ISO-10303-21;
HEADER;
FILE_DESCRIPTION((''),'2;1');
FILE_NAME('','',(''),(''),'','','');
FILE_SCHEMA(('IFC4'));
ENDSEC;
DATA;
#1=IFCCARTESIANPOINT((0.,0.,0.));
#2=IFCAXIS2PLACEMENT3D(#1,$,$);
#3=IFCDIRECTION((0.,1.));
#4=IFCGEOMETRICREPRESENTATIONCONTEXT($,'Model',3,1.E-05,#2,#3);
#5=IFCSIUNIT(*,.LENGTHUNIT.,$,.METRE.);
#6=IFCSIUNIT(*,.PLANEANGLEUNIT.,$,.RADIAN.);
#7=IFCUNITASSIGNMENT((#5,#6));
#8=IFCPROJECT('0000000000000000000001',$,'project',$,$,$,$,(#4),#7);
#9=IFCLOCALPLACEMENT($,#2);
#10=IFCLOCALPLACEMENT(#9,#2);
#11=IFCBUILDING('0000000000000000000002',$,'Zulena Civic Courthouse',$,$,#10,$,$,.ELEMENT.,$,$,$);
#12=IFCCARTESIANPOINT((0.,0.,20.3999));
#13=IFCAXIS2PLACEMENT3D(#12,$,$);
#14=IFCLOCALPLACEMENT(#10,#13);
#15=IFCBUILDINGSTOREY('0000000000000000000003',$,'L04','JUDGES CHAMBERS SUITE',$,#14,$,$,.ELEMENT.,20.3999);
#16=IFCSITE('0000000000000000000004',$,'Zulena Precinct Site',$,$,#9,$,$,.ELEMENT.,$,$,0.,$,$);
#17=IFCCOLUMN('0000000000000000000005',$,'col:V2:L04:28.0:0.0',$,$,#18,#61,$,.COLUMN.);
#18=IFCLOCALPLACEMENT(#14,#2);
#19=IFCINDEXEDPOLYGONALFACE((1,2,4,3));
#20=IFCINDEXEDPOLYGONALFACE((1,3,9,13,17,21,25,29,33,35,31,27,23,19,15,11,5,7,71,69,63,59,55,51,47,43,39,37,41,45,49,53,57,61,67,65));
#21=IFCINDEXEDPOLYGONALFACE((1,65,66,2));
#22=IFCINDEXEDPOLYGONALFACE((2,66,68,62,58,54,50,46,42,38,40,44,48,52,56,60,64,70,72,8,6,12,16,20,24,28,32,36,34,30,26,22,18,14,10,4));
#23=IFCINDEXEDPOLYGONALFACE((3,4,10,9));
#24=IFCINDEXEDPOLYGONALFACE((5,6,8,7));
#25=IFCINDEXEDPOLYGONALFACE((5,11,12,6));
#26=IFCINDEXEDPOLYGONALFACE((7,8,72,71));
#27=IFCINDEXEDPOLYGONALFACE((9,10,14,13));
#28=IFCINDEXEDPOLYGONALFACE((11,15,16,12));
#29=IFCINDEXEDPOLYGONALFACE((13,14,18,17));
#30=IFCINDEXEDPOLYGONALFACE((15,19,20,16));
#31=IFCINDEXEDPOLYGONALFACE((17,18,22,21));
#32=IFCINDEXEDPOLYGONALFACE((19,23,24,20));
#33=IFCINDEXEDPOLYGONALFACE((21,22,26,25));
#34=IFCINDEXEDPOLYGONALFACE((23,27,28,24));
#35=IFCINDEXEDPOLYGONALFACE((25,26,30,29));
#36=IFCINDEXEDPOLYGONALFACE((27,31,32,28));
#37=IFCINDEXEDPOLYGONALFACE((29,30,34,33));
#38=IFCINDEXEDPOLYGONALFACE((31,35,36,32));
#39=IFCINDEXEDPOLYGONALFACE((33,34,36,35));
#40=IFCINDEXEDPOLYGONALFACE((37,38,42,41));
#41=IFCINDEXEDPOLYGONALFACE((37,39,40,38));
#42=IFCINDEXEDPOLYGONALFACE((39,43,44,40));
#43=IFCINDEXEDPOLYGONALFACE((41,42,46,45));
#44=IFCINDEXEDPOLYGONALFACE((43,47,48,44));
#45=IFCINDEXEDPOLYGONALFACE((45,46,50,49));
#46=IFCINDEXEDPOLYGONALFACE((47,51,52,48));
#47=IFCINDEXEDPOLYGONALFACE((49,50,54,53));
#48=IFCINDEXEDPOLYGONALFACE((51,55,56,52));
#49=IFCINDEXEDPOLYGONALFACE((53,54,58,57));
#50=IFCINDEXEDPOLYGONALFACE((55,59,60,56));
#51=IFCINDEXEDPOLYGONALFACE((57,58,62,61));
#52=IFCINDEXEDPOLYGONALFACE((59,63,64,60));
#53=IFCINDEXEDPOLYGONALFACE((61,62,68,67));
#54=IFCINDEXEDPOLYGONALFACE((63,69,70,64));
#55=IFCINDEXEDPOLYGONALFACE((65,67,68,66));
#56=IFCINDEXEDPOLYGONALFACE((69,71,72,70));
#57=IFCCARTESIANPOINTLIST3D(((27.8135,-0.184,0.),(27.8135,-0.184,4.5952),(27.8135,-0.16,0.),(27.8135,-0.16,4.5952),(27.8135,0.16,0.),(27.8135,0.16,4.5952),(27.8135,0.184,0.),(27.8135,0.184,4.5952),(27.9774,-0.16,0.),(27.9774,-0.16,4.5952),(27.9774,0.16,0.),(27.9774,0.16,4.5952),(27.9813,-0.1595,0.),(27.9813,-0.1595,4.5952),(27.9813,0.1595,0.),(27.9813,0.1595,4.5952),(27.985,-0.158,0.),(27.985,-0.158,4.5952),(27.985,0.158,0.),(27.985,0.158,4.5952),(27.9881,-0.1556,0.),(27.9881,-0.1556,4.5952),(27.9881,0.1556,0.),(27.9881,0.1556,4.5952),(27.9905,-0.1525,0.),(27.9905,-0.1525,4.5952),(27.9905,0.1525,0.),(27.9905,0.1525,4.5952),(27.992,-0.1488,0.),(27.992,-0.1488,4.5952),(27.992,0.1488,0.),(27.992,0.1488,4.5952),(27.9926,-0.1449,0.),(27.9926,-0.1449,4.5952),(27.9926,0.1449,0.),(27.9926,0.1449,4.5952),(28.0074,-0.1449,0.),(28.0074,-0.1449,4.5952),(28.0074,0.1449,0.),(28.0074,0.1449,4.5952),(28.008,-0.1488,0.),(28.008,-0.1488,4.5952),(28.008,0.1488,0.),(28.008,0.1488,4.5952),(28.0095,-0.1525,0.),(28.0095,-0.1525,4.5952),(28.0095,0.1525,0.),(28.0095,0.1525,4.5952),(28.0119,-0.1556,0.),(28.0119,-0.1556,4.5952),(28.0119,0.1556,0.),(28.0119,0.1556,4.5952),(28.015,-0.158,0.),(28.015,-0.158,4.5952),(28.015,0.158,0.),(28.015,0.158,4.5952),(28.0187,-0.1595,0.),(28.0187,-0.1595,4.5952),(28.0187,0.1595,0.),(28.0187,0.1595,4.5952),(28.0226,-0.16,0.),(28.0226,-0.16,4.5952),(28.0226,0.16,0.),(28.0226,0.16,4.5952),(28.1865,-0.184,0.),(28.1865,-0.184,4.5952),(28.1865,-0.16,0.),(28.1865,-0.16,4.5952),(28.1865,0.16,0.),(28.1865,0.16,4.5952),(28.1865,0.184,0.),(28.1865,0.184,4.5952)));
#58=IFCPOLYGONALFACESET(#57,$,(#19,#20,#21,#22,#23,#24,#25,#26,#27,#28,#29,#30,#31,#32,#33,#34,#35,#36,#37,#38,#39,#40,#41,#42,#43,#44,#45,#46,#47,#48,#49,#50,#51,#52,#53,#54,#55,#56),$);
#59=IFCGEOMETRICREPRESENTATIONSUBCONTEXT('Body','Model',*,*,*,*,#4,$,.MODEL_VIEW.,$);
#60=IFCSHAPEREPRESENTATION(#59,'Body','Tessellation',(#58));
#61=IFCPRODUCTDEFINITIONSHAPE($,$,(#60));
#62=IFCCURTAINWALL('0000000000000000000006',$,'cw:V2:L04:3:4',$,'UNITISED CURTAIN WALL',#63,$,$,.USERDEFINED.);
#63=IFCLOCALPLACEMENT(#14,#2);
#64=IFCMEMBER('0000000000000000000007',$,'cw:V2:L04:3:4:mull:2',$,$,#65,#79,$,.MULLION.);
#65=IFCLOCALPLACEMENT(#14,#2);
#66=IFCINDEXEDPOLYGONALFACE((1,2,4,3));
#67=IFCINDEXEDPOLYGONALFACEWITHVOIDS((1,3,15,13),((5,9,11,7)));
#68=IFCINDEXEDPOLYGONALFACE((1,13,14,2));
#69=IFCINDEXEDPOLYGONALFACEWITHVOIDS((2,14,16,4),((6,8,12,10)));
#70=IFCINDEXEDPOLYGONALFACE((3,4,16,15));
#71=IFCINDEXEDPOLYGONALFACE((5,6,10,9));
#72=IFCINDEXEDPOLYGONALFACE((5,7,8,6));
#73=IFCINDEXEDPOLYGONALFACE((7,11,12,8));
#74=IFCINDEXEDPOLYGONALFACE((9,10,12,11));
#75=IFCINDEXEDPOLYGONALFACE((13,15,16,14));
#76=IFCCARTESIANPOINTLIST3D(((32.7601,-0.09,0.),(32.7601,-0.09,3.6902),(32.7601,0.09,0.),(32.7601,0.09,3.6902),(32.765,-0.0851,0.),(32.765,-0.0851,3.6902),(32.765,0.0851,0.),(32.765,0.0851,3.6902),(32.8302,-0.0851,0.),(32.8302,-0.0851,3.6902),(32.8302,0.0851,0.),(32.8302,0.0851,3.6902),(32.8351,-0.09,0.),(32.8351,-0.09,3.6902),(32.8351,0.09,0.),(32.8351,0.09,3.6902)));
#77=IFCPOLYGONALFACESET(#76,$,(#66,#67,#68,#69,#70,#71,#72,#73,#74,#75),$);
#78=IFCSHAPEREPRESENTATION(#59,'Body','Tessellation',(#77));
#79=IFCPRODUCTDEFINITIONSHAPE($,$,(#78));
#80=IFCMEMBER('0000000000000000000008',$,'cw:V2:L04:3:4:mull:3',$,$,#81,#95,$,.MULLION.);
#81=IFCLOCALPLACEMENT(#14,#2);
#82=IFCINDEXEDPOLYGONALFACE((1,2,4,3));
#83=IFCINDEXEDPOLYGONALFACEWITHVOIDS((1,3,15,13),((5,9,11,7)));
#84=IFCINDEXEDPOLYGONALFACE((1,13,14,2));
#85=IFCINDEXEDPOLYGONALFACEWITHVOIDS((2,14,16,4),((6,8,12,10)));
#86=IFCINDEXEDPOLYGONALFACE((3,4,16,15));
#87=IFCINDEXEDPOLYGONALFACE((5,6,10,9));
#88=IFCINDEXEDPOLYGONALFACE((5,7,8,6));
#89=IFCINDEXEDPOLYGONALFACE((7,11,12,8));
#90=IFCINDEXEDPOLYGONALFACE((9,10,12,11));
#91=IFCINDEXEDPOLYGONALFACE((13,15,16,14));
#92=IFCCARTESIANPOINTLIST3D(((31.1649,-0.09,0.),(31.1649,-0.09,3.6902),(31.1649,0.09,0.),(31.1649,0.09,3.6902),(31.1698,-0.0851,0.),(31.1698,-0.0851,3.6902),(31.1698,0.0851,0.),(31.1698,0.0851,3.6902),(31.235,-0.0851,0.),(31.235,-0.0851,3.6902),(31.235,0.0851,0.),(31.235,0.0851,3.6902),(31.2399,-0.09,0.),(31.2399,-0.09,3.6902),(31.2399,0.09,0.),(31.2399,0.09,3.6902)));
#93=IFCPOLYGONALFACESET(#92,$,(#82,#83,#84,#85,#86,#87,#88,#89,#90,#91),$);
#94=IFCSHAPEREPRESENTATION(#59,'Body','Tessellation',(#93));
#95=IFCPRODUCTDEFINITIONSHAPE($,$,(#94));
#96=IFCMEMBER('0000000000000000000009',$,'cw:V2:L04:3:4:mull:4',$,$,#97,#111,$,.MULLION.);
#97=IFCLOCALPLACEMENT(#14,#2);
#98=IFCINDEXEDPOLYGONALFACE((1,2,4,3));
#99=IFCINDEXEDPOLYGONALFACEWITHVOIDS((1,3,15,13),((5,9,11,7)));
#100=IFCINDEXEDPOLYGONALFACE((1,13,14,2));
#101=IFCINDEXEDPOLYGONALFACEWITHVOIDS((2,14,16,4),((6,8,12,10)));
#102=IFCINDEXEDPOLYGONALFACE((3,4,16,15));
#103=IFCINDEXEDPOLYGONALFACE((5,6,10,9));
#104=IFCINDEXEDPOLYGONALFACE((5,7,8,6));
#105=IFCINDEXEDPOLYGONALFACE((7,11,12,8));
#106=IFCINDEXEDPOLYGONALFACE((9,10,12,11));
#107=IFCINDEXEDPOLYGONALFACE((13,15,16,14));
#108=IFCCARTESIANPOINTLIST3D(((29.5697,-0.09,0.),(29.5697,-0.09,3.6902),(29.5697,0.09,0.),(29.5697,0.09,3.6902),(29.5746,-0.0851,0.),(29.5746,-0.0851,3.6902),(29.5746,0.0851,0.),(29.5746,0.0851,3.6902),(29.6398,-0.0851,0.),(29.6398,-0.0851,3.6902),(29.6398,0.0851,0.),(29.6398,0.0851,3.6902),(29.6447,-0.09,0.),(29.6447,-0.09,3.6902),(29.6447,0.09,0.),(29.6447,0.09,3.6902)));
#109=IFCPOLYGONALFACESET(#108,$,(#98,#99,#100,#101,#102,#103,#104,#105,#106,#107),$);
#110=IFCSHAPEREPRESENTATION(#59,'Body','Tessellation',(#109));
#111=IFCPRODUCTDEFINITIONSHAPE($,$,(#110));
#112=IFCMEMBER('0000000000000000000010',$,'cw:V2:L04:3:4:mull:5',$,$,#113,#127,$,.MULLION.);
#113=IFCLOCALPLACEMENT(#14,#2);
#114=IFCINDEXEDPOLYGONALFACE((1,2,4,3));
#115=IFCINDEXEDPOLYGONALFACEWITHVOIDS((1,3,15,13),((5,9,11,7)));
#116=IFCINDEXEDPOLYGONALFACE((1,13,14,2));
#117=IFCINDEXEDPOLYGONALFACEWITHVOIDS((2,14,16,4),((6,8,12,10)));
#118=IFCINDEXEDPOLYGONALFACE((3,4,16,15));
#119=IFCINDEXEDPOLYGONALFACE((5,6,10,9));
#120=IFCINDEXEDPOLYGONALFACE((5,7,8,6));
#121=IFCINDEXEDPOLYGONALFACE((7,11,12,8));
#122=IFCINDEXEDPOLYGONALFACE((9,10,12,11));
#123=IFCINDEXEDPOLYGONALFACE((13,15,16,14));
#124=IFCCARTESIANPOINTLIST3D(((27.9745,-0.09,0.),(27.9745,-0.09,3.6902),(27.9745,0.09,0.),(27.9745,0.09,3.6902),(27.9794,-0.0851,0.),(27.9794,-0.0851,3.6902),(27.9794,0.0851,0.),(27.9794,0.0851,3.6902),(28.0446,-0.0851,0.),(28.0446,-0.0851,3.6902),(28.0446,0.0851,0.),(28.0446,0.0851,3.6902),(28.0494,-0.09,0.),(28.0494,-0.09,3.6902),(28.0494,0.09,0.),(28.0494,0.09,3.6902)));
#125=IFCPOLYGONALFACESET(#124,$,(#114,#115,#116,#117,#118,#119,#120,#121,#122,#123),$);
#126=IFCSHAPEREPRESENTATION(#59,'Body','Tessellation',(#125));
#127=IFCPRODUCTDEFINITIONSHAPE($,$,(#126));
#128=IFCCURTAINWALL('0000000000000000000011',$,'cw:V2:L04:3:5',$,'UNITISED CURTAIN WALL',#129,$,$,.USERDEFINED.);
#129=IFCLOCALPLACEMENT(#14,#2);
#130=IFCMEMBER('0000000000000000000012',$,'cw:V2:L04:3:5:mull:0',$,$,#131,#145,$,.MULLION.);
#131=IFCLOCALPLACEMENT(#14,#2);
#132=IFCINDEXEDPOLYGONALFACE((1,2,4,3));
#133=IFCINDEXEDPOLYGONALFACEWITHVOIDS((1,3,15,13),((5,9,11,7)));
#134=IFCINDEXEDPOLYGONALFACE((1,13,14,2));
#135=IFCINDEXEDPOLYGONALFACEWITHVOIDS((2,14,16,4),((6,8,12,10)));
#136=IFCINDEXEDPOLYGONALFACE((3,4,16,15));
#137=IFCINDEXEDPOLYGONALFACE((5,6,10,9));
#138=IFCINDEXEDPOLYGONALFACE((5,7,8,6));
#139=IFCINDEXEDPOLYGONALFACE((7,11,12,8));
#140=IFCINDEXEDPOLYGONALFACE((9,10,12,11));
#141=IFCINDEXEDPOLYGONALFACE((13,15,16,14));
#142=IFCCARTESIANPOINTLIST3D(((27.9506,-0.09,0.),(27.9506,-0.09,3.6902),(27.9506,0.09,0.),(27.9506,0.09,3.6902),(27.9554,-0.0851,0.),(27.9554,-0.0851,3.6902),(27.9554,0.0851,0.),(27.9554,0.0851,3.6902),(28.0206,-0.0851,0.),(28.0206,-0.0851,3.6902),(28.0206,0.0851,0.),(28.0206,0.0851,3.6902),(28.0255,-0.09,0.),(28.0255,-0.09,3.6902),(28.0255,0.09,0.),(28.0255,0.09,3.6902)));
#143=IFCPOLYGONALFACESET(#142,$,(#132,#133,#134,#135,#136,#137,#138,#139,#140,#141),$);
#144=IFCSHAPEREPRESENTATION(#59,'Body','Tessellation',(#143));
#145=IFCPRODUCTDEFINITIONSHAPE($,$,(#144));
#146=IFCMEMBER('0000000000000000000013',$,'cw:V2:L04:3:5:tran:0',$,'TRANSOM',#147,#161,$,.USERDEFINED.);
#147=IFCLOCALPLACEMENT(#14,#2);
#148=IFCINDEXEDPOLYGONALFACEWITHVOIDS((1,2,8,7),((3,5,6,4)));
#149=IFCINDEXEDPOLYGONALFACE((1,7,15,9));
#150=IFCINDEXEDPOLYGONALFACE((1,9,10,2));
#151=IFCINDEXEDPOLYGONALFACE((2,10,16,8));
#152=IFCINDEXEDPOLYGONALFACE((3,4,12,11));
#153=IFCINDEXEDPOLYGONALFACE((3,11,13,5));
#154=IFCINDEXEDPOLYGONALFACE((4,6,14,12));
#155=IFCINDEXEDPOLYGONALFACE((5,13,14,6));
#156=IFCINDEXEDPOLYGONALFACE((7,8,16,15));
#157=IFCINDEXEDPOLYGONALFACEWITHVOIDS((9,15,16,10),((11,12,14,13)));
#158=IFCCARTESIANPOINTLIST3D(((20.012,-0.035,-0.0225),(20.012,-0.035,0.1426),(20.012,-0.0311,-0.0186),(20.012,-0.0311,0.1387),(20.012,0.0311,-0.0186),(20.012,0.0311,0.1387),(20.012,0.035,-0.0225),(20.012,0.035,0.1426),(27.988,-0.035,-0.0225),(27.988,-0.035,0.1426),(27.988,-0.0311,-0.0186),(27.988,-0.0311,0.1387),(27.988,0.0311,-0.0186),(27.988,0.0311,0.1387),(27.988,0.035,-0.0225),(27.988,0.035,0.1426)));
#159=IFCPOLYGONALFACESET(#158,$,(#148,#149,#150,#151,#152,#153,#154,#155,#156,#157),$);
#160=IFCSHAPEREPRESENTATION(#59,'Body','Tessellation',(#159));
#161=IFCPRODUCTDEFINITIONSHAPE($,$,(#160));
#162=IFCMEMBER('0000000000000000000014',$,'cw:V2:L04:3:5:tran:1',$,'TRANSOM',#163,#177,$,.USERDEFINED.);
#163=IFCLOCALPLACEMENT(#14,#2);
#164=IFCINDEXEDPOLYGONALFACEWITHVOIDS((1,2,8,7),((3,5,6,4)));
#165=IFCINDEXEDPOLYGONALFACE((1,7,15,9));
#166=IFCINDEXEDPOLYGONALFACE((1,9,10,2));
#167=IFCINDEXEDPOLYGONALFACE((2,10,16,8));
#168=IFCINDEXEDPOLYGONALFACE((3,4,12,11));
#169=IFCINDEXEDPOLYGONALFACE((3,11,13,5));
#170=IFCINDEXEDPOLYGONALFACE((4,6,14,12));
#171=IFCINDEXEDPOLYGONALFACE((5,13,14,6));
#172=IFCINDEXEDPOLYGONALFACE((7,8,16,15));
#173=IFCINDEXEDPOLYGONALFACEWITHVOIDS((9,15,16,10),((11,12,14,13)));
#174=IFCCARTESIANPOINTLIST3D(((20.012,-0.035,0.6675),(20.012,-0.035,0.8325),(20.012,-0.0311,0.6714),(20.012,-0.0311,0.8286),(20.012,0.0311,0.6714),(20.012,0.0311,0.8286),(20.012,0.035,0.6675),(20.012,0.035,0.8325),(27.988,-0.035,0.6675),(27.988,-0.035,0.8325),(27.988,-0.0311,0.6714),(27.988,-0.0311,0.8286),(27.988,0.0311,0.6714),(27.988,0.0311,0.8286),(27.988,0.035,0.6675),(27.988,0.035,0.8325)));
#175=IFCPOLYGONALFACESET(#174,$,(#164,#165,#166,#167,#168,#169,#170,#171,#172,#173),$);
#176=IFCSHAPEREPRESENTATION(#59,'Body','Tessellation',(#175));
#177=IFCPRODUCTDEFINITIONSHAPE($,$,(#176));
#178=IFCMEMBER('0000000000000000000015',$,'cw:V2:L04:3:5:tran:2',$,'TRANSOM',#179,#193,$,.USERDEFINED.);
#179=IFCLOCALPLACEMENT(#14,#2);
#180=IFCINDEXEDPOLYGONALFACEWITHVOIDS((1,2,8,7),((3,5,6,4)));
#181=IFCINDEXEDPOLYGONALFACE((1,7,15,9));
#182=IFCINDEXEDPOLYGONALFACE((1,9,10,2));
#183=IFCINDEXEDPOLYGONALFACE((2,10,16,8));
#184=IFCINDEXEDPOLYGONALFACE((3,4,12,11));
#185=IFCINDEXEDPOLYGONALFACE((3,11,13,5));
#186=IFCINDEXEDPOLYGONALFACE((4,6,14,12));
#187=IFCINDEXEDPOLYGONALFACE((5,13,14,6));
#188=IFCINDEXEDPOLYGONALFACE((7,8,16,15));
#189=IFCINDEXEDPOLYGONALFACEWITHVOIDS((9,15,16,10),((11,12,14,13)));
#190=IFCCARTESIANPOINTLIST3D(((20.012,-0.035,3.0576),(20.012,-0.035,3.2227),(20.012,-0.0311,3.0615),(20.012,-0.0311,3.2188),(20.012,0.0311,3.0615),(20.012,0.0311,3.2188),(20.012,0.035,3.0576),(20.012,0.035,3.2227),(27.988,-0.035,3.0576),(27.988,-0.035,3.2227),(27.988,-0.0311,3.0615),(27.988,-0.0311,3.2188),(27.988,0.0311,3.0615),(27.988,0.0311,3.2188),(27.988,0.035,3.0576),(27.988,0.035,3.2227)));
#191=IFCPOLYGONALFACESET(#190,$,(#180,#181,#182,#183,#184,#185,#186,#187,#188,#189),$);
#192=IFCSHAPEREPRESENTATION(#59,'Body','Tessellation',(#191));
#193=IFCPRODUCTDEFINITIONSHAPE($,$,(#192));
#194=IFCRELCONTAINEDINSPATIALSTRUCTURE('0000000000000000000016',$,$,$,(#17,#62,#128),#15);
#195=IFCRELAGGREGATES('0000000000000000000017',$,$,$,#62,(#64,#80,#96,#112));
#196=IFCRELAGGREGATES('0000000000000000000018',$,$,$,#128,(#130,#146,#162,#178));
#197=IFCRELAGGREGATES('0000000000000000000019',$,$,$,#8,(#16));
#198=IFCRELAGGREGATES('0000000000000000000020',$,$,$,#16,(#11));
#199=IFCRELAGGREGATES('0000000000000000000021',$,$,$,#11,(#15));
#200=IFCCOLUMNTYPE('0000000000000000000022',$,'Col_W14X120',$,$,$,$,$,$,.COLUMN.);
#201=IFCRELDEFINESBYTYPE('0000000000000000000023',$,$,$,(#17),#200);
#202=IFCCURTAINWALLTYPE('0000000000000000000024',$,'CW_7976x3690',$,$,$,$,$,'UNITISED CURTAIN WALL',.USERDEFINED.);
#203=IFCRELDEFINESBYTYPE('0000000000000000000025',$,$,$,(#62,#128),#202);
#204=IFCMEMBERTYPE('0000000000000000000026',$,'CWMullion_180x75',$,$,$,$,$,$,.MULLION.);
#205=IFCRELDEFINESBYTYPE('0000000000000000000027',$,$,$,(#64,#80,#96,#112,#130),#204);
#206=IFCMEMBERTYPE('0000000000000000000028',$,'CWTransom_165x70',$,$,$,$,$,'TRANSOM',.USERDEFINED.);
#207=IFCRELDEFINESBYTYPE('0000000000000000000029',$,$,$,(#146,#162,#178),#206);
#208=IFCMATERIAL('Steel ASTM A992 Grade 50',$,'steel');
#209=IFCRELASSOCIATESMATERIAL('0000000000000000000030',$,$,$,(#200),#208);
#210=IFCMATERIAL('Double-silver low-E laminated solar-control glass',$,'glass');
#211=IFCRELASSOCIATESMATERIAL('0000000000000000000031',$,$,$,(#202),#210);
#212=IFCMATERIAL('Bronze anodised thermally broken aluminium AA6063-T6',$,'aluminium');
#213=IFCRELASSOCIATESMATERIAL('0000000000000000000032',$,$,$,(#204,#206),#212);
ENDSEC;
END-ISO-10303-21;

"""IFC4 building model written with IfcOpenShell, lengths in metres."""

from ifc_helpers import new_model, si_unit, direction, frame, origin, origin_2d, place, context, subcontext, project, spatial, hollow_rectangle, i_section, extrude, material, material_profile, profile_set, type_object, element, aggregate, save


model = new_model("IFC4")

# Units and contexts
model_context = context("Model", 3, precision=1e-05, world=origin(), true_north=direction((0.0, 1.0)))
body_context = subcontext(model_context, "Body", "Model", "MODEL_VIEW")
ifc_project = project(units=[si_unit("LENGTHUNIT", "METRE"), si_unit("PLANEANGLEUNIT", "RADIAN")], contexts=[model_context])

# Site, building, storey
site_placement = place(None, origin())
site = spatial("IfcSite", under=ifc_project, at=site_placement, Name="Zulena Precinct Site", CompositionType="ELEMENT", RefElevation=0.0)
building_placement = place(site_placement, origin())
building = spatial("IfcBuilding", under=site, at=building_placement, Name="Zulena Civic Courthouse", CompositionType="ELEMENT")
storey_placement = place(building_placement, frame((0.0, 0.0, 20.3999)))
storey = spatial("IfcBuildingStorey", under=building, at=storey_placement, Name="L04", Description="JUDGES CHAMBERS SUITE", CompositionType="ELEMENT", Elevation=20.3999)

# Column
ifc_material_1 = material(Name="Steel ASTM A992 Grade 50", Category="steel")
ifc_material_profile_1 = material_profile(ifc_material_1, i_section(OverallWidth=0.373, OverallDepth=0.3679, WebThickness=0.0149, FlangeThickness=0.0239, FilletRadius=0.0151, at=origin_2d()), Name="W14X120")
ifc_profile_set_1 = profile_set([ifc_material_profile_1], Name="Steel ASTM A992 Grade 50")
column_type = type_object("IfcColumnType", Name="Col_W14X120", PredefinedType="COLUMN", material=ifc_profile_set_1)
column_placement = place(storey_placement, frame((28.0, 0.0, 0.0), z_axis=(0.0, 0.0, 1.0), x_axis=(1.0, 0.0, 0.0)))
element("IfcColumn", 1, at=column_placement, inside=storey, type_object=column_type, Name="col:V2:L04:28.0:0.0", PredefinedType="COLUMN", context=body_context, shape_type="SweptSolid", body=[
    extrude(i_section(OverallWidth=0.373, OverallDepth=0.3679, WebThickness=0.0149, FlangeThickness=0.0239, FilletRadius=0.0151, at=origin_2d()), origin(), (0.0, 0.0, 1.0), 4.5952),
])

# Curtain walls, members
ifc_material_2 = material(Name="Double-silver low-E laminated solar-control glass", Category="glass")
curtain_wall_type = type_object("IfcCurtainWallType", Name="CW_7976x3690", ElementType="UNITISED CURTAIN WALL", PredefinedType="USERDEFINED", material=ifc_material_2)
curtain_wall_1_placement = place(storey_placement, origin())
curtain_wall_1 = element("IfcCurtainWall", 2, at=curtain_wall_1_placement, inside=storey, type_object=curtain_wall_type, Name="cw:V2:L04:3:4", ObjectType="UNITISED CURTAIN WALL", PredefinedType="USERDEFINED")
ifc_material_3 = material(Name="Bronze anodised thermally broken aluminium AA6063-T6", Category="aluminium")
ifc_material_profile_2 = material_profile(ifc_material_3, hollow_rectangle(XDim=0.075, YDim=0.1799, WallThickness=0.0049, at=origin_2d()), Name="CWM180X75X5")
ifc_profile_set_2 = profile_set([ifc_material_profile_2], Name="Bronze anodised thermally broken aluminium AA6063-T6")
member_type_1 = type_object("IfcMemberType", Name="CWMullion_180x75", PredefinedType="MULLION", material=ifc_profile_set_2)
member_1_placement = place(storey_placement, frame((32.7976, 0.0, 0.0), z_axis=(0.0, 0.0, 1.0), x_axis=(1.0, 0.0, 0.0)))
member_1 = element("IfcMember", 3, at=member_1_placement, type_object=member_type_1, Name="cw:V2:L04:3:4:mull:2", PredefinedType="MULLION", context=body_context, shape_type="SweptSolid", body=[
    extrude(hollow_rectangle(XDim=0.075, YDim=0.1799, WallThickness=0.0049, at=origin_2d()), origin(), (0.0, 0.0, 1.0), 3.6902),
])
member_2_placement = place(storey_placement, frame((31.2024, 0.0, 0.0), z_axis=(0.0, 0.0, 1.0), x_axis=(1.0, 0.0, 0.0)))
member_2 = element("IfcMember", 4, at=member_2_placement, type_object=member_type_1, Name="cw:V2:L04:3:4:mull:3", PredefinedType="MULLION", context=body_context, shape_type="SweptSolid", body=[
    extrude(hollow_rectangle(XDim=0.075, YDim=0.1799, WallThickness=0.0049, at=origin_2d()), origin(), (0.0, 0.0, 1.0), 3.6902),
])
member_3_placement = place(storey_placement, frame((29.6072, 0.0, 0.0), z_axis=(0.0, 0.0, 1.0), x_axis=(1.0, 0.0, 0.0)))
member_3 = element("IfcMember", 5, at=member_3_placement, type_object=member_type_1, Name="cw:V2:L04:3:4:mull:4", PredefinedType="MULLION", context=body_context, shape_type="SweptSolid", body=[
    extrude(hollow_rectangle(XDim=0.075, YDim=0.1799, WallThickness=0.0049, at=origin_2d()), origin(), (0.0, 0.0, 1.0), 3.6902),
])
member_4_placement = place(storey_placement, frame((28.012, 0.0, 0.0), z_axis=(0.0, 0.0, 1.0), x_axis=(1.0, 0.0, 0.0)))
member_4 = element("IfcMember", 6, at=member_4_placement, type_object=member_type_1, Name="cw:V2:L04:3:4:mull:5", PredefinedType="MULLION", context=body_context, shape_type="SweptSolid", body=[
    extrude(hollow_rectangle(XDim=0.075, YDim=0.1799, WallThickness=0.0049, at=origin_2d()), origin(), (0.0, 0.0, 1.0), 3.6902),
])
curtain_wall_2_placement = place(storey_placement, origin())
curtain_wall_2 = element("IfcCurtainWall", 7, at=curtain_wall_2_placement, inside=storey, type_object=curtain_wall_type, Name="cw:V2:L04:3:5", ObjectType="UNITISED CURTAIN WALL", PredefinedType="USERDEFINED")
member_5_placement = place(storey_placement, frame((27.988, 0.0, 0.0), z_axis=(0.0, 0.0, 1.0), x_axis=(1.0, 0.0, 0.0)))
member_5 = element("IfcMember", 8, at=member_5_placement, type_object=member_type_1, Name="cw:V2:L04:3:5:mull:0", PredefinedType="MULLION", context=body_context, shape_type="SweptSolid", body=[
    extrude(hollow_rectangle(XDim=0.075, YDim=0.1799, WallThickness=0.0049, at=origin_2d()), origin(), (0.0, 0.0, 1.0), 3.6902),
])
ifc_material_profile_3 = material_profile(ifc_material_3, hollow_rectangle(XDim=0.0701, YDim=0.165, WallThickness=0.0039, at=origin_2d()), Name="CWT165X70X4")
ifc_profile_set_3 = profile_set([ifc_material_profile_3], Name="Bronze anodised thermally broken aluminium AA6063-T6")
member_type_2 = type_object("IfcMemberType", Name="CWTransom_165x70", ElementType="TRANSOM", PredefinedType="USERDEFINED", material=ifc_profile_set_3)
member_6_placement = place(storey_placement, frame((27.988, 0.0, 0.0601), z_axis=(-1.0, 0.0, 0.0), x_axis=(0.0, -1.0, 0.0)))
member_6 = element("IfcMember", 9, at=member_6_placement, type_object=member_type_2, Name="cw:V2:L04:3:5:tran:0", ObjectType="TRANSOM", PredefinedType="USERDEFINED", context=body_context, shape_type="SweptSolid", body=[
    extrude(hollow_rectangle(XDim=0.0701, YDim=0.165, WallThickness=0.0039, at=origin_2d()), origin(), (0.0, 0.0, 1.0), 7.9761),
])
member_7_placement = place(storey_placement, frame((27.988, 0.0, 0.75), z_axis=(-1.0, 0.0, 0.0), x_axis=(0.0, -1.0, 0.0)))
member_7 = element("IfcMember", 10, at=member_7_placement, type_object=member_type_2, Name="cw:V2:L04:3:5:tran:1", ObjectType="TRANSOM", PredefinedType="USERDEFINED", context=body_context, shape_type="SweptSolid", body=[
    extrude(hollow_rectangle(XDim=0.0701, YDim=0.165, WallThickness=0.0039, at=origin_2d()), origin(), (0.0, 0.0, 1.0), 7.9761),
])
member_8_placement = place(storey_placement, frame((27.988, 0.0, 3.1401), z_axis=(-1.0, 0.0, 0.0), x_axis=(0.0, -1.0, 0.0)))
member_8 = element("IfcMember", 11, at=member_8_placement, type_object=member_type_2, Name="cw:V2:L04:3:5:tran:2", ObjectType="TRANSOM", PredefinedType="USERDEFINED", context=body_context, shape_type="SweptSolid", body=[
    extrude(hollow_rectangle(XDim=0.0701, YDim=0.165, WallThickness=0.0039, at=origin_2d()), origin(), (0.0, 0.0, 1.0), 7.9761),
])

aggregate(curtain_wall_1, [member_1, member_2, member_3, member_4])
aggregate(curtain_wall_2, [member_5, member_6, member_7, member_8])

save(model, "model.ifc")
